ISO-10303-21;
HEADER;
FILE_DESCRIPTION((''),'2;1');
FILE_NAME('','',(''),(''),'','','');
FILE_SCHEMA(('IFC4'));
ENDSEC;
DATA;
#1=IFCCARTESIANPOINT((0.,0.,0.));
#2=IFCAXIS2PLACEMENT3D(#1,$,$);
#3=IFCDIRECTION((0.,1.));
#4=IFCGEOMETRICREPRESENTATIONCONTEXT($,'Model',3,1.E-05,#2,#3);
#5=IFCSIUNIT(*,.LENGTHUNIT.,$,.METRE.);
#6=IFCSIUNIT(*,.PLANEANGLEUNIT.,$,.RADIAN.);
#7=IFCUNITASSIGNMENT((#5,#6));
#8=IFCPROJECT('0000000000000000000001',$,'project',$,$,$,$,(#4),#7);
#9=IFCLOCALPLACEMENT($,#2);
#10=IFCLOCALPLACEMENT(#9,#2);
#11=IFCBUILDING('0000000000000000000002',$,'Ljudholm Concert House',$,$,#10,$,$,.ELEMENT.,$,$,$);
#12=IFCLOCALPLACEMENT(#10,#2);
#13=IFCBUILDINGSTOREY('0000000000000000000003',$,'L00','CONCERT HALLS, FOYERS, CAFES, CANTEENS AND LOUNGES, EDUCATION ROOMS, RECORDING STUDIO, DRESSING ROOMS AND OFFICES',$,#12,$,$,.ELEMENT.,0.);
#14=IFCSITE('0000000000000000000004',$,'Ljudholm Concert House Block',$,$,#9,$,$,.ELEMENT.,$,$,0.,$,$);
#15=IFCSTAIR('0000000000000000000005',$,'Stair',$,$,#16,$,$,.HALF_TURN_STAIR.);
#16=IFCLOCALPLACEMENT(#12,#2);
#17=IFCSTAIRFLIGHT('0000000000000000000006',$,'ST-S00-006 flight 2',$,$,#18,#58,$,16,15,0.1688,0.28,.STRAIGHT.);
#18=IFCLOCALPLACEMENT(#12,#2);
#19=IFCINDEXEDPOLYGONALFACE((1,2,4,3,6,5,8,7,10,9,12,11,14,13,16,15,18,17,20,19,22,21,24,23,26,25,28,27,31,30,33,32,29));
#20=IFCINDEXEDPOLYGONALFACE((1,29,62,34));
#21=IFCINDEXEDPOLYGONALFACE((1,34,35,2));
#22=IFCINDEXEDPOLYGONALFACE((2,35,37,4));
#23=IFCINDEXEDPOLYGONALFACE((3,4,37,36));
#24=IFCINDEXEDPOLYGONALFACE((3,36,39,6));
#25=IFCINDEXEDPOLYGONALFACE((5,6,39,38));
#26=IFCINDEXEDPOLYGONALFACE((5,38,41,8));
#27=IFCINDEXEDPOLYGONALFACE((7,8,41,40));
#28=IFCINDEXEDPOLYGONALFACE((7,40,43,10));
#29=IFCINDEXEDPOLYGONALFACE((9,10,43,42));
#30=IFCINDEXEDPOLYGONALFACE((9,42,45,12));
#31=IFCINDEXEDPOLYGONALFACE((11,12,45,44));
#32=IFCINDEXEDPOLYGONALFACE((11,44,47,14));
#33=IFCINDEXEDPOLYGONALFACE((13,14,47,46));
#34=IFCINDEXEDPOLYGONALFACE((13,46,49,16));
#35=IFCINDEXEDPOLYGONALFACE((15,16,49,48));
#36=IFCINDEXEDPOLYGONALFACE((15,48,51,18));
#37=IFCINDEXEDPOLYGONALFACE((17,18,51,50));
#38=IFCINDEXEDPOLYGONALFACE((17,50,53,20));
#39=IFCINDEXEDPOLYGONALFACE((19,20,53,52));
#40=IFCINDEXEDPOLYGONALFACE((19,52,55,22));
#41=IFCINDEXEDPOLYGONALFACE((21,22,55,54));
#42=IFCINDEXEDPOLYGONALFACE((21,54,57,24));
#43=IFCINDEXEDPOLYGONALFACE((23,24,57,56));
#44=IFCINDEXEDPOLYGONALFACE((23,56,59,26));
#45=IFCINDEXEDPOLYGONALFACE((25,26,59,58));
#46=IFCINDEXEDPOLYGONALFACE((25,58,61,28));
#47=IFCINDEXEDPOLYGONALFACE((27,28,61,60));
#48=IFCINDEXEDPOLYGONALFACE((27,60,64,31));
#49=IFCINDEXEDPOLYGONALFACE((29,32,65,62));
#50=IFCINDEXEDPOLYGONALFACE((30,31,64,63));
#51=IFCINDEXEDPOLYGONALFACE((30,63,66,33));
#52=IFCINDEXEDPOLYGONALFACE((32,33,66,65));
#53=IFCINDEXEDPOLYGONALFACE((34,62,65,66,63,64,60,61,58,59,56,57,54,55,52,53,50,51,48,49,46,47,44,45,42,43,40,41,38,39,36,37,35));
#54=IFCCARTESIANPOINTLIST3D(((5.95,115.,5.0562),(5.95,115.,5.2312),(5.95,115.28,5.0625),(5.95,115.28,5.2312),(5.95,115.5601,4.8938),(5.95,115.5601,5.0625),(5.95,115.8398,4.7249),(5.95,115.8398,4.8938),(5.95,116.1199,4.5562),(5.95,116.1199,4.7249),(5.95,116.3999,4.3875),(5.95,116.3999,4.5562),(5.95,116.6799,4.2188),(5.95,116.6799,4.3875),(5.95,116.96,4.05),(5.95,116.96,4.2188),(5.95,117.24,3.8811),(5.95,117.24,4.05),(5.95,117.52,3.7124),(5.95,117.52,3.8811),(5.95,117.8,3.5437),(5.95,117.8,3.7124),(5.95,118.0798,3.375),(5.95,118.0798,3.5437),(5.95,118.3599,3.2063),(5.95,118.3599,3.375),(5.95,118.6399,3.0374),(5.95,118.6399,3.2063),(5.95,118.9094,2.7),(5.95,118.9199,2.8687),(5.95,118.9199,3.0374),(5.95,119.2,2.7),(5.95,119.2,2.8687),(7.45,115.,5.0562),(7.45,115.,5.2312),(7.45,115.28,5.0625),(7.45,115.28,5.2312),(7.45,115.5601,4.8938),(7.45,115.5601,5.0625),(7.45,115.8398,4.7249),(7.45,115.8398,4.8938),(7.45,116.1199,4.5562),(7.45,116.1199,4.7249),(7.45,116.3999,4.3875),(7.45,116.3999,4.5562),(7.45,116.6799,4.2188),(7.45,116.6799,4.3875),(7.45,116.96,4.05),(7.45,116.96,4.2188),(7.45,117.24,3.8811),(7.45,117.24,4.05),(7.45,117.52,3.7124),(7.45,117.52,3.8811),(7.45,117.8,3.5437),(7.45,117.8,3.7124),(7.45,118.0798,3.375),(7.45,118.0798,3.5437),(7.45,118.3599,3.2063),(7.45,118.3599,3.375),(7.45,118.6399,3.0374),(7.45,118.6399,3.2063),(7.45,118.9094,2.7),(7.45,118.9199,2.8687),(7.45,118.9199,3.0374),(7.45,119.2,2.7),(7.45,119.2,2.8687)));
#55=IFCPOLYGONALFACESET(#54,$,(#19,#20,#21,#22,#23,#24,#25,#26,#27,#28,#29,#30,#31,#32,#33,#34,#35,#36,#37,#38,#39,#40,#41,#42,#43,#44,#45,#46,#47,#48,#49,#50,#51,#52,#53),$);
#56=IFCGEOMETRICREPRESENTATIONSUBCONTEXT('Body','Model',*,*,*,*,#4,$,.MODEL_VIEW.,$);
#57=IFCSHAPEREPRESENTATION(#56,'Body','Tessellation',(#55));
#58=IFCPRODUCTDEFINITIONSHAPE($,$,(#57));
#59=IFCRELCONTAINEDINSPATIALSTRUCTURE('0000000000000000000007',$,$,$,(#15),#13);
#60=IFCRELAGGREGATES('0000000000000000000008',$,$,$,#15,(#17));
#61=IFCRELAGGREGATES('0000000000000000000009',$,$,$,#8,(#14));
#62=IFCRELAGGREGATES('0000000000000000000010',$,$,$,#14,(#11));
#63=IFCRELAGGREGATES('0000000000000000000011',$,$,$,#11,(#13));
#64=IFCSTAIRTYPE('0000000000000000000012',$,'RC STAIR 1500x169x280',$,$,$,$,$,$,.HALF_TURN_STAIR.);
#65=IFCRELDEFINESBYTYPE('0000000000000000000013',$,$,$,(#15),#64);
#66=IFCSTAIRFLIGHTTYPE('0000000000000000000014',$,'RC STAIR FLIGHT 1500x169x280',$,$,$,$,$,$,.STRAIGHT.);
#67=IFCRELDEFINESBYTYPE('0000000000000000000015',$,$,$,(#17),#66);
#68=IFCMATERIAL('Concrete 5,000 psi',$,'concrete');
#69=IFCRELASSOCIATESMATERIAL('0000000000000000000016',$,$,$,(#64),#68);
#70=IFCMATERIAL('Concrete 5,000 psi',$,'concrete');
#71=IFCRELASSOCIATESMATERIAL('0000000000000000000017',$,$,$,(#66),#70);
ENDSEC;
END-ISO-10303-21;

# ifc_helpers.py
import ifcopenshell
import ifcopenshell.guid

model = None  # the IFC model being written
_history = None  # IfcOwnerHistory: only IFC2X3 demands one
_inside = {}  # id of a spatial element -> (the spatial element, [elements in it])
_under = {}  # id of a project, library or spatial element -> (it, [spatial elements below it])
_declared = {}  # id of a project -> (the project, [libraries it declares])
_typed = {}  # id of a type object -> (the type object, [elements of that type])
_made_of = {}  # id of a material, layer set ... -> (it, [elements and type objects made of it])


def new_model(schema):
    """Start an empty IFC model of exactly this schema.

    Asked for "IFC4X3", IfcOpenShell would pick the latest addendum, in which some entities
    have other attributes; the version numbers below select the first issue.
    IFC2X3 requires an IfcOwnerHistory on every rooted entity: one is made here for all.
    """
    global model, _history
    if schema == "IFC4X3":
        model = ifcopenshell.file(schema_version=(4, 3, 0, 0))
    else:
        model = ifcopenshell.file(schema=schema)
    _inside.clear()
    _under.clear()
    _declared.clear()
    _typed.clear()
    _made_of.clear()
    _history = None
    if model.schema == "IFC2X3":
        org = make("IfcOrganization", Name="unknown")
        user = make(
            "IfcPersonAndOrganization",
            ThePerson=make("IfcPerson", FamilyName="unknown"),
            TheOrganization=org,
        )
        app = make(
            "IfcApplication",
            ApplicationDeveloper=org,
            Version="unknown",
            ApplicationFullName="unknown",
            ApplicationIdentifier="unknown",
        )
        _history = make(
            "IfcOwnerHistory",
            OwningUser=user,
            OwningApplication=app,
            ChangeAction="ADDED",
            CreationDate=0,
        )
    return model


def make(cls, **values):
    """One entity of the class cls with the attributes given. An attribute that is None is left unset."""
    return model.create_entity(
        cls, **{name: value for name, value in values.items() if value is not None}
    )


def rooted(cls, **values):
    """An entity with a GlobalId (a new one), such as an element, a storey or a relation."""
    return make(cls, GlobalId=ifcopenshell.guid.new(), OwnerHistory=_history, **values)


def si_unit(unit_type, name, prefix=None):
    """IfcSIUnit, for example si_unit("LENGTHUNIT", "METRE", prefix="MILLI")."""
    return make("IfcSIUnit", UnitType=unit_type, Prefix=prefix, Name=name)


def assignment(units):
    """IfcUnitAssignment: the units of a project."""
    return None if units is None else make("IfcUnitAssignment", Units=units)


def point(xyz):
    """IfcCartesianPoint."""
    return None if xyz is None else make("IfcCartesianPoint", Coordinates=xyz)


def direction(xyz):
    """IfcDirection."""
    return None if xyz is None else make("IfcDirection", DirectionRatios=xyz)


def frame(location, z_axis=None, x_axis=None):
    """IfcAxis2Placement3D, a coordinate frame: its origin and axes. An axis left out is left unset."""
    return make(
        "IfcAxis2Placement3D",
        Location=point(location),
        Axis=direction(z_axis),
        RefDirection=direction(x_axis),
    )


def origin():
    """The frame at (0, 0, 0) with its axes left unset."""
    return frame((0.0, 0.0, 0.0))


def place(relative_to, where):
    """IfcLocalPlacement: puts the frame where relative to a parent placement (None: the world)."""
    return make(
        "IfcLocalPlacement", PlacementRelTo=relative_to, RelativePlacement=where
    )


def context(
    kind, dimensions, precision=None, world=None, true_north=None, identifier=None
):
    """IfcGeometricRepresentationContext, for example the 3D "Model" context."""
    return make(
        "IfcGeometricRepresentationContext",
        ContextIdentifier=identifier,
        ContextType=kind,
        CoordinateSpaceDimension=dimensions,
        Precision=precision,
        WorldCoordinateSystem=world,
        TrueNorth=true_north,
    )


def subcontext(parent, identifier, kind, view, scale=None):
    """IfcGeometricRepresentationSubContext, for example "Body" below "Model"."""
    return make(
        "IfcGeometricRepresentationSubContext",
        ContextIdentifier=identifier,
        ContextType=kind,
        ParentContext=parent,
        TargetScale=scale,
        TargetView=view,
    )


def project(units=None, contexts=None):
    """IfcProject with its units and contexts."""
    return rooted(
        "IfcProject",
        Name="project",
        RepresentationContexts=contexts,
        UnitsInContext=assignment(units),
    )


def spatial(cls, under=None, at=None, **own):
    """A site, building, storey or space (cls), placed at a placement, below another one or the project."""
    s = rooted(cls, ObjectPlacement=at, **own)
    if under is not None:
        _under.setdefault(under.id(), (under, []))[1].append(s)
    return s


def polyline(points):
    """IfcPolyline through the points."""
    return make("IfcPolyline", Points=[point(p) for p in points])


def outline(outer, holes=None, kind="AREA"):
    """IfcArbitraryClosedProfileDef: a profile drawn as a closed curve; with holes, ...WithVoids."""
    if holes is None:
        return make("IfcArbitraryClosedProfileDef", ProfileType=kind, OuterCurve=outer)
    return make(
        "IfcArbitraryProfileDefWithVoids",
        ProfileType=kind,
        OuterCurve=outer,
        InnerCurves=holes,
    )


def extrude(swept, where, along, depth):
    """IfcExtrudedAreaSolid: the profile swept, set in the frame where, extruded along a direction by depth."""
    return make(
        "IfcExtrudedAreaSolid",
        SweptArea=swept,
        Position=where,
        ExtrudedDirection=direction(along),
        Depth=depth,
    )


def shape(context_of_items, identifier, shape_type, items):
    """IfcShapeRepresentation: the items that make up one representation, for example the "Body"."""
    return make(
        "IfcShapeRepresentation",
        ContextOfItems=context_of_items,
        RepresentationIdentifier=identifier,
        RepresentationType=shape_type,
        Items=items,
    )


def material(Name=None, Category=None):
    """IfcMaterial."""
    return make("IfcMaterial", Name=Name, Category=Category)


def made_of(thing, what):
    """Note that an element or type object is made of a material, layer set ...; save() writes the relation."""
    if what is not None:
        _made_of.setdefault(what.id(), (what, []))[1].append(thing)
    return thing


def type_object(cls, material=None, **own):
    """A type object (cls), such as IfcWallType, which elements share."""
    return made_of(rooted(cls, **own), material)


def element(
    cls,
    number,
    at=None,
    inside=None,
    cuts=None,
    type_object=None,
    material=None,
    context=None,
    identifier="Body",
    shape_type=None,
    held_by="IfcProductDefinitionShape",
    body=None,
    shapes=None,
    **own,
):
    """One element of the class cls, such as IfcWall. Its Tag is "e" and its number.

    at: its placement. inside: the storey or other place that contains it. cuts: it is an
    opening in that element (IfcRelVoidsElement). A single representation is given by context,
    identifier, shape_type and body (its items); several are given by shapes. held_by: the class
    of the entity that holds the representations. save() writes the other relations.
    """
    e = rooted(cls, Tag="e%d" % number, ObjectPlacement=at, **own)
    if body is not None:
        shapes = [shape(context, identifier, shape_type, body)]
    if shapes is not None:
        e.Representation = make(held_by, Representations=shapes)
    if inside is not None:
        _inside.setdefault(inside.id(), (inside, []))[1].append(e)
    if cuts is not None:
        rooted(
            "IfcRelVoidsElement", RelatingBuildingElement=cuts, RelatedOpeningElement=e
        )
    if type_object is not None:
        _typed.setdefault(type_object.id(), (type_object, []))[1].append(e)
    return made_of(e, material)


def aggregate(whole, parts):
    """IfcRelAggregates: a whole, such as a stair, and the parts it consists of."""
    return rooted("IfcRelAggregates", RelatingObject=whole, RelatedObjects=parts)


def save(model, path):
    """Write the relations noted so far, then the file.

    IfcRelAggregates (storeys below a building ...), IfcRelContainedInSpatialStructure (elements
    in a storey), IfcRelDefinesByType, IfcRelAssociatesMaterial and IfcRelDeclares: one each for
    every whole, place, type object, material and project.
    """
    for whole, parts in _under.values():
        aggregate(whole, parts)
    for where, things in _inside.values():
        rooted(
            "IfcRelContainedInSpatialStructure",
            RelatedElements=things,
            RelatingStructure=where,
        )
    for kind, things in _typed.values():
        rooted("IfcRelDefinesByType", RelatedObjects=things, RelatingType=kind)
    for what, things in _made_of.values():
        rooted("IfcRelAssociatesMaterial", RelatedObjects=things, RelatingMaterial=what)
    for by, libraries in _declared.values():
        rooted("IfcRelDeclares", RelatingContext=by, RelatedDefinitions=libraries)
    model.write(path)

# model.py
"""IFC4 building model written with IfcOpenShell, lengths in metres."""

from ifc_helpers import new_model, si_unit, direction, frame, origin, place, context, subcontext, project, spatial, polyline, outline, extrude, material, type_object, element, aggregate, save


model = new_model("IFC4")

# Units and contexts
model_context = context("Model", 3, precision=1e-05, world=origin(), true_north=direction((0.0, 1.0)))
body_context = subcontext(model_context, "Body", "Model", "MODEL_VIEW")
ifc_project = project(units=[si_unit("LENGTHUNIT", "METRE"), si_unit("PLANEANGLEUNIT", "RADIAN")], contexts=[model_context])

# Site, building, storey
site_placement = place(None, origin())
site = spatial("IfcSite", under=ifc_project, at=site_placement, Name="Ljudholm Concert House Block", CompositionType="ELEMENT", RefElevation=0.0)
building_placement = place(site_placement, origin())
building = spatial("IfcBuilding", under=site, at=building_placement, Name="Ljudholm Concert House", CompositionType="ELEMENT")
storey_placement = place(building_placement, origin())
storey = spatial("IfcBuildingStorey", under=building, at=storey_placement, Name="L00", Description="CONCERT HALLS, FOYERS, CAFES, CANTEENS AND LOUNGES, EDUCATION ROOMS, RECORDING STUDIO, DRESSING ROOMS AND OFFICES", CompositionType="ELEMENT", Elevation=0.0)

# Stair, stair flight
ifc_material_1 = material(Name="Concrete 5,000 psi", Category="concrete")
stair_type = type_object("IfcStairType", Name="RC STAIR 1500x169x280", PredefinedType="HALF_TURN_STAIR", material=ifc_material_1)
stair_placement = place(storey_placement, origin())
stair = element("IfcStair", 1, at=stair_placement, inside=storey, type_object=stair_type, Name="Stair", PredefinedType="HALF_TURN_STAIR")
ifc_material_2 = material(Name="Concrete 5,000 psi", Category="concrete")
stair_flight_type = type_object("IfcStairFlightType", Name="RC STAIR FLIGHT 1500x169x280", PredefinedType="STRAIGHT", material=ifc_material_2)
stair_flight_1_placement = place(storey_placement, frame((6.7, 119.2, 2.7), z_axis=(0.0, 0.0, 1.0), x_axis=(0.0, -1.0, 0.0)))
stair_flight_1 = element("IfcStairFlight", 2, at=stair_flight_1_placement, type_object=stair_flight_type, Name="ST-S00-006 flight 2", NumberOfRisers=16, NumberOfTreads=15, PredefinedType="STRAIGHT", RiserHeight=0.1688, TreadLength=0.28, context=body_context, shape_type="SweptSolid", body=[
    extrude(outline(polyline([(0.0, 0.0), (0.0, 0.1687), (0.28, 0.1687), (0.28, 0.3374), (0.5601, 0.3374), (0.5601, 0.5063), (0.8401, 0.5063), (0.8401, 0.675), (1.1201, 0.675), (1.1201, 0.8438), (1.3999, 0.8438), (1.3999, 1.0125), (1.6799, 1.0125), (1.6799, 1.1812), (1.96, 1.1812), (1.96, 1.3501), (2.24, 1.3501), (2.24, 1.5188), (2.52, 1.5188), (2.52, 1.6875), (2.8, 1.6875), (2.8, 1.8562), (3.0801, 1.8562), (3.0801, 2.0249), (3.3601, 2.0249), (3.3601, 2.1938), (3.6399, 2.1938), (3.6399, 2.3625), (3.9199, 2.3625), (3.9199, 2.5312), (4.2, 2.5312), (4.2, 2.7), (4.2, 2.3562), (0.2905, 0.0), (0.0, 0.0)])), frame((0.0, 0.75, 0.0), z_axis=(0.0, -1.0, 0.0), x_axis=(1.0, 0.0, 0.0)), (0.0, 0.0, 1.0), 1.5),
])
aggregate(stair, [stair_flight_1])

save(model, "model.ifc")
